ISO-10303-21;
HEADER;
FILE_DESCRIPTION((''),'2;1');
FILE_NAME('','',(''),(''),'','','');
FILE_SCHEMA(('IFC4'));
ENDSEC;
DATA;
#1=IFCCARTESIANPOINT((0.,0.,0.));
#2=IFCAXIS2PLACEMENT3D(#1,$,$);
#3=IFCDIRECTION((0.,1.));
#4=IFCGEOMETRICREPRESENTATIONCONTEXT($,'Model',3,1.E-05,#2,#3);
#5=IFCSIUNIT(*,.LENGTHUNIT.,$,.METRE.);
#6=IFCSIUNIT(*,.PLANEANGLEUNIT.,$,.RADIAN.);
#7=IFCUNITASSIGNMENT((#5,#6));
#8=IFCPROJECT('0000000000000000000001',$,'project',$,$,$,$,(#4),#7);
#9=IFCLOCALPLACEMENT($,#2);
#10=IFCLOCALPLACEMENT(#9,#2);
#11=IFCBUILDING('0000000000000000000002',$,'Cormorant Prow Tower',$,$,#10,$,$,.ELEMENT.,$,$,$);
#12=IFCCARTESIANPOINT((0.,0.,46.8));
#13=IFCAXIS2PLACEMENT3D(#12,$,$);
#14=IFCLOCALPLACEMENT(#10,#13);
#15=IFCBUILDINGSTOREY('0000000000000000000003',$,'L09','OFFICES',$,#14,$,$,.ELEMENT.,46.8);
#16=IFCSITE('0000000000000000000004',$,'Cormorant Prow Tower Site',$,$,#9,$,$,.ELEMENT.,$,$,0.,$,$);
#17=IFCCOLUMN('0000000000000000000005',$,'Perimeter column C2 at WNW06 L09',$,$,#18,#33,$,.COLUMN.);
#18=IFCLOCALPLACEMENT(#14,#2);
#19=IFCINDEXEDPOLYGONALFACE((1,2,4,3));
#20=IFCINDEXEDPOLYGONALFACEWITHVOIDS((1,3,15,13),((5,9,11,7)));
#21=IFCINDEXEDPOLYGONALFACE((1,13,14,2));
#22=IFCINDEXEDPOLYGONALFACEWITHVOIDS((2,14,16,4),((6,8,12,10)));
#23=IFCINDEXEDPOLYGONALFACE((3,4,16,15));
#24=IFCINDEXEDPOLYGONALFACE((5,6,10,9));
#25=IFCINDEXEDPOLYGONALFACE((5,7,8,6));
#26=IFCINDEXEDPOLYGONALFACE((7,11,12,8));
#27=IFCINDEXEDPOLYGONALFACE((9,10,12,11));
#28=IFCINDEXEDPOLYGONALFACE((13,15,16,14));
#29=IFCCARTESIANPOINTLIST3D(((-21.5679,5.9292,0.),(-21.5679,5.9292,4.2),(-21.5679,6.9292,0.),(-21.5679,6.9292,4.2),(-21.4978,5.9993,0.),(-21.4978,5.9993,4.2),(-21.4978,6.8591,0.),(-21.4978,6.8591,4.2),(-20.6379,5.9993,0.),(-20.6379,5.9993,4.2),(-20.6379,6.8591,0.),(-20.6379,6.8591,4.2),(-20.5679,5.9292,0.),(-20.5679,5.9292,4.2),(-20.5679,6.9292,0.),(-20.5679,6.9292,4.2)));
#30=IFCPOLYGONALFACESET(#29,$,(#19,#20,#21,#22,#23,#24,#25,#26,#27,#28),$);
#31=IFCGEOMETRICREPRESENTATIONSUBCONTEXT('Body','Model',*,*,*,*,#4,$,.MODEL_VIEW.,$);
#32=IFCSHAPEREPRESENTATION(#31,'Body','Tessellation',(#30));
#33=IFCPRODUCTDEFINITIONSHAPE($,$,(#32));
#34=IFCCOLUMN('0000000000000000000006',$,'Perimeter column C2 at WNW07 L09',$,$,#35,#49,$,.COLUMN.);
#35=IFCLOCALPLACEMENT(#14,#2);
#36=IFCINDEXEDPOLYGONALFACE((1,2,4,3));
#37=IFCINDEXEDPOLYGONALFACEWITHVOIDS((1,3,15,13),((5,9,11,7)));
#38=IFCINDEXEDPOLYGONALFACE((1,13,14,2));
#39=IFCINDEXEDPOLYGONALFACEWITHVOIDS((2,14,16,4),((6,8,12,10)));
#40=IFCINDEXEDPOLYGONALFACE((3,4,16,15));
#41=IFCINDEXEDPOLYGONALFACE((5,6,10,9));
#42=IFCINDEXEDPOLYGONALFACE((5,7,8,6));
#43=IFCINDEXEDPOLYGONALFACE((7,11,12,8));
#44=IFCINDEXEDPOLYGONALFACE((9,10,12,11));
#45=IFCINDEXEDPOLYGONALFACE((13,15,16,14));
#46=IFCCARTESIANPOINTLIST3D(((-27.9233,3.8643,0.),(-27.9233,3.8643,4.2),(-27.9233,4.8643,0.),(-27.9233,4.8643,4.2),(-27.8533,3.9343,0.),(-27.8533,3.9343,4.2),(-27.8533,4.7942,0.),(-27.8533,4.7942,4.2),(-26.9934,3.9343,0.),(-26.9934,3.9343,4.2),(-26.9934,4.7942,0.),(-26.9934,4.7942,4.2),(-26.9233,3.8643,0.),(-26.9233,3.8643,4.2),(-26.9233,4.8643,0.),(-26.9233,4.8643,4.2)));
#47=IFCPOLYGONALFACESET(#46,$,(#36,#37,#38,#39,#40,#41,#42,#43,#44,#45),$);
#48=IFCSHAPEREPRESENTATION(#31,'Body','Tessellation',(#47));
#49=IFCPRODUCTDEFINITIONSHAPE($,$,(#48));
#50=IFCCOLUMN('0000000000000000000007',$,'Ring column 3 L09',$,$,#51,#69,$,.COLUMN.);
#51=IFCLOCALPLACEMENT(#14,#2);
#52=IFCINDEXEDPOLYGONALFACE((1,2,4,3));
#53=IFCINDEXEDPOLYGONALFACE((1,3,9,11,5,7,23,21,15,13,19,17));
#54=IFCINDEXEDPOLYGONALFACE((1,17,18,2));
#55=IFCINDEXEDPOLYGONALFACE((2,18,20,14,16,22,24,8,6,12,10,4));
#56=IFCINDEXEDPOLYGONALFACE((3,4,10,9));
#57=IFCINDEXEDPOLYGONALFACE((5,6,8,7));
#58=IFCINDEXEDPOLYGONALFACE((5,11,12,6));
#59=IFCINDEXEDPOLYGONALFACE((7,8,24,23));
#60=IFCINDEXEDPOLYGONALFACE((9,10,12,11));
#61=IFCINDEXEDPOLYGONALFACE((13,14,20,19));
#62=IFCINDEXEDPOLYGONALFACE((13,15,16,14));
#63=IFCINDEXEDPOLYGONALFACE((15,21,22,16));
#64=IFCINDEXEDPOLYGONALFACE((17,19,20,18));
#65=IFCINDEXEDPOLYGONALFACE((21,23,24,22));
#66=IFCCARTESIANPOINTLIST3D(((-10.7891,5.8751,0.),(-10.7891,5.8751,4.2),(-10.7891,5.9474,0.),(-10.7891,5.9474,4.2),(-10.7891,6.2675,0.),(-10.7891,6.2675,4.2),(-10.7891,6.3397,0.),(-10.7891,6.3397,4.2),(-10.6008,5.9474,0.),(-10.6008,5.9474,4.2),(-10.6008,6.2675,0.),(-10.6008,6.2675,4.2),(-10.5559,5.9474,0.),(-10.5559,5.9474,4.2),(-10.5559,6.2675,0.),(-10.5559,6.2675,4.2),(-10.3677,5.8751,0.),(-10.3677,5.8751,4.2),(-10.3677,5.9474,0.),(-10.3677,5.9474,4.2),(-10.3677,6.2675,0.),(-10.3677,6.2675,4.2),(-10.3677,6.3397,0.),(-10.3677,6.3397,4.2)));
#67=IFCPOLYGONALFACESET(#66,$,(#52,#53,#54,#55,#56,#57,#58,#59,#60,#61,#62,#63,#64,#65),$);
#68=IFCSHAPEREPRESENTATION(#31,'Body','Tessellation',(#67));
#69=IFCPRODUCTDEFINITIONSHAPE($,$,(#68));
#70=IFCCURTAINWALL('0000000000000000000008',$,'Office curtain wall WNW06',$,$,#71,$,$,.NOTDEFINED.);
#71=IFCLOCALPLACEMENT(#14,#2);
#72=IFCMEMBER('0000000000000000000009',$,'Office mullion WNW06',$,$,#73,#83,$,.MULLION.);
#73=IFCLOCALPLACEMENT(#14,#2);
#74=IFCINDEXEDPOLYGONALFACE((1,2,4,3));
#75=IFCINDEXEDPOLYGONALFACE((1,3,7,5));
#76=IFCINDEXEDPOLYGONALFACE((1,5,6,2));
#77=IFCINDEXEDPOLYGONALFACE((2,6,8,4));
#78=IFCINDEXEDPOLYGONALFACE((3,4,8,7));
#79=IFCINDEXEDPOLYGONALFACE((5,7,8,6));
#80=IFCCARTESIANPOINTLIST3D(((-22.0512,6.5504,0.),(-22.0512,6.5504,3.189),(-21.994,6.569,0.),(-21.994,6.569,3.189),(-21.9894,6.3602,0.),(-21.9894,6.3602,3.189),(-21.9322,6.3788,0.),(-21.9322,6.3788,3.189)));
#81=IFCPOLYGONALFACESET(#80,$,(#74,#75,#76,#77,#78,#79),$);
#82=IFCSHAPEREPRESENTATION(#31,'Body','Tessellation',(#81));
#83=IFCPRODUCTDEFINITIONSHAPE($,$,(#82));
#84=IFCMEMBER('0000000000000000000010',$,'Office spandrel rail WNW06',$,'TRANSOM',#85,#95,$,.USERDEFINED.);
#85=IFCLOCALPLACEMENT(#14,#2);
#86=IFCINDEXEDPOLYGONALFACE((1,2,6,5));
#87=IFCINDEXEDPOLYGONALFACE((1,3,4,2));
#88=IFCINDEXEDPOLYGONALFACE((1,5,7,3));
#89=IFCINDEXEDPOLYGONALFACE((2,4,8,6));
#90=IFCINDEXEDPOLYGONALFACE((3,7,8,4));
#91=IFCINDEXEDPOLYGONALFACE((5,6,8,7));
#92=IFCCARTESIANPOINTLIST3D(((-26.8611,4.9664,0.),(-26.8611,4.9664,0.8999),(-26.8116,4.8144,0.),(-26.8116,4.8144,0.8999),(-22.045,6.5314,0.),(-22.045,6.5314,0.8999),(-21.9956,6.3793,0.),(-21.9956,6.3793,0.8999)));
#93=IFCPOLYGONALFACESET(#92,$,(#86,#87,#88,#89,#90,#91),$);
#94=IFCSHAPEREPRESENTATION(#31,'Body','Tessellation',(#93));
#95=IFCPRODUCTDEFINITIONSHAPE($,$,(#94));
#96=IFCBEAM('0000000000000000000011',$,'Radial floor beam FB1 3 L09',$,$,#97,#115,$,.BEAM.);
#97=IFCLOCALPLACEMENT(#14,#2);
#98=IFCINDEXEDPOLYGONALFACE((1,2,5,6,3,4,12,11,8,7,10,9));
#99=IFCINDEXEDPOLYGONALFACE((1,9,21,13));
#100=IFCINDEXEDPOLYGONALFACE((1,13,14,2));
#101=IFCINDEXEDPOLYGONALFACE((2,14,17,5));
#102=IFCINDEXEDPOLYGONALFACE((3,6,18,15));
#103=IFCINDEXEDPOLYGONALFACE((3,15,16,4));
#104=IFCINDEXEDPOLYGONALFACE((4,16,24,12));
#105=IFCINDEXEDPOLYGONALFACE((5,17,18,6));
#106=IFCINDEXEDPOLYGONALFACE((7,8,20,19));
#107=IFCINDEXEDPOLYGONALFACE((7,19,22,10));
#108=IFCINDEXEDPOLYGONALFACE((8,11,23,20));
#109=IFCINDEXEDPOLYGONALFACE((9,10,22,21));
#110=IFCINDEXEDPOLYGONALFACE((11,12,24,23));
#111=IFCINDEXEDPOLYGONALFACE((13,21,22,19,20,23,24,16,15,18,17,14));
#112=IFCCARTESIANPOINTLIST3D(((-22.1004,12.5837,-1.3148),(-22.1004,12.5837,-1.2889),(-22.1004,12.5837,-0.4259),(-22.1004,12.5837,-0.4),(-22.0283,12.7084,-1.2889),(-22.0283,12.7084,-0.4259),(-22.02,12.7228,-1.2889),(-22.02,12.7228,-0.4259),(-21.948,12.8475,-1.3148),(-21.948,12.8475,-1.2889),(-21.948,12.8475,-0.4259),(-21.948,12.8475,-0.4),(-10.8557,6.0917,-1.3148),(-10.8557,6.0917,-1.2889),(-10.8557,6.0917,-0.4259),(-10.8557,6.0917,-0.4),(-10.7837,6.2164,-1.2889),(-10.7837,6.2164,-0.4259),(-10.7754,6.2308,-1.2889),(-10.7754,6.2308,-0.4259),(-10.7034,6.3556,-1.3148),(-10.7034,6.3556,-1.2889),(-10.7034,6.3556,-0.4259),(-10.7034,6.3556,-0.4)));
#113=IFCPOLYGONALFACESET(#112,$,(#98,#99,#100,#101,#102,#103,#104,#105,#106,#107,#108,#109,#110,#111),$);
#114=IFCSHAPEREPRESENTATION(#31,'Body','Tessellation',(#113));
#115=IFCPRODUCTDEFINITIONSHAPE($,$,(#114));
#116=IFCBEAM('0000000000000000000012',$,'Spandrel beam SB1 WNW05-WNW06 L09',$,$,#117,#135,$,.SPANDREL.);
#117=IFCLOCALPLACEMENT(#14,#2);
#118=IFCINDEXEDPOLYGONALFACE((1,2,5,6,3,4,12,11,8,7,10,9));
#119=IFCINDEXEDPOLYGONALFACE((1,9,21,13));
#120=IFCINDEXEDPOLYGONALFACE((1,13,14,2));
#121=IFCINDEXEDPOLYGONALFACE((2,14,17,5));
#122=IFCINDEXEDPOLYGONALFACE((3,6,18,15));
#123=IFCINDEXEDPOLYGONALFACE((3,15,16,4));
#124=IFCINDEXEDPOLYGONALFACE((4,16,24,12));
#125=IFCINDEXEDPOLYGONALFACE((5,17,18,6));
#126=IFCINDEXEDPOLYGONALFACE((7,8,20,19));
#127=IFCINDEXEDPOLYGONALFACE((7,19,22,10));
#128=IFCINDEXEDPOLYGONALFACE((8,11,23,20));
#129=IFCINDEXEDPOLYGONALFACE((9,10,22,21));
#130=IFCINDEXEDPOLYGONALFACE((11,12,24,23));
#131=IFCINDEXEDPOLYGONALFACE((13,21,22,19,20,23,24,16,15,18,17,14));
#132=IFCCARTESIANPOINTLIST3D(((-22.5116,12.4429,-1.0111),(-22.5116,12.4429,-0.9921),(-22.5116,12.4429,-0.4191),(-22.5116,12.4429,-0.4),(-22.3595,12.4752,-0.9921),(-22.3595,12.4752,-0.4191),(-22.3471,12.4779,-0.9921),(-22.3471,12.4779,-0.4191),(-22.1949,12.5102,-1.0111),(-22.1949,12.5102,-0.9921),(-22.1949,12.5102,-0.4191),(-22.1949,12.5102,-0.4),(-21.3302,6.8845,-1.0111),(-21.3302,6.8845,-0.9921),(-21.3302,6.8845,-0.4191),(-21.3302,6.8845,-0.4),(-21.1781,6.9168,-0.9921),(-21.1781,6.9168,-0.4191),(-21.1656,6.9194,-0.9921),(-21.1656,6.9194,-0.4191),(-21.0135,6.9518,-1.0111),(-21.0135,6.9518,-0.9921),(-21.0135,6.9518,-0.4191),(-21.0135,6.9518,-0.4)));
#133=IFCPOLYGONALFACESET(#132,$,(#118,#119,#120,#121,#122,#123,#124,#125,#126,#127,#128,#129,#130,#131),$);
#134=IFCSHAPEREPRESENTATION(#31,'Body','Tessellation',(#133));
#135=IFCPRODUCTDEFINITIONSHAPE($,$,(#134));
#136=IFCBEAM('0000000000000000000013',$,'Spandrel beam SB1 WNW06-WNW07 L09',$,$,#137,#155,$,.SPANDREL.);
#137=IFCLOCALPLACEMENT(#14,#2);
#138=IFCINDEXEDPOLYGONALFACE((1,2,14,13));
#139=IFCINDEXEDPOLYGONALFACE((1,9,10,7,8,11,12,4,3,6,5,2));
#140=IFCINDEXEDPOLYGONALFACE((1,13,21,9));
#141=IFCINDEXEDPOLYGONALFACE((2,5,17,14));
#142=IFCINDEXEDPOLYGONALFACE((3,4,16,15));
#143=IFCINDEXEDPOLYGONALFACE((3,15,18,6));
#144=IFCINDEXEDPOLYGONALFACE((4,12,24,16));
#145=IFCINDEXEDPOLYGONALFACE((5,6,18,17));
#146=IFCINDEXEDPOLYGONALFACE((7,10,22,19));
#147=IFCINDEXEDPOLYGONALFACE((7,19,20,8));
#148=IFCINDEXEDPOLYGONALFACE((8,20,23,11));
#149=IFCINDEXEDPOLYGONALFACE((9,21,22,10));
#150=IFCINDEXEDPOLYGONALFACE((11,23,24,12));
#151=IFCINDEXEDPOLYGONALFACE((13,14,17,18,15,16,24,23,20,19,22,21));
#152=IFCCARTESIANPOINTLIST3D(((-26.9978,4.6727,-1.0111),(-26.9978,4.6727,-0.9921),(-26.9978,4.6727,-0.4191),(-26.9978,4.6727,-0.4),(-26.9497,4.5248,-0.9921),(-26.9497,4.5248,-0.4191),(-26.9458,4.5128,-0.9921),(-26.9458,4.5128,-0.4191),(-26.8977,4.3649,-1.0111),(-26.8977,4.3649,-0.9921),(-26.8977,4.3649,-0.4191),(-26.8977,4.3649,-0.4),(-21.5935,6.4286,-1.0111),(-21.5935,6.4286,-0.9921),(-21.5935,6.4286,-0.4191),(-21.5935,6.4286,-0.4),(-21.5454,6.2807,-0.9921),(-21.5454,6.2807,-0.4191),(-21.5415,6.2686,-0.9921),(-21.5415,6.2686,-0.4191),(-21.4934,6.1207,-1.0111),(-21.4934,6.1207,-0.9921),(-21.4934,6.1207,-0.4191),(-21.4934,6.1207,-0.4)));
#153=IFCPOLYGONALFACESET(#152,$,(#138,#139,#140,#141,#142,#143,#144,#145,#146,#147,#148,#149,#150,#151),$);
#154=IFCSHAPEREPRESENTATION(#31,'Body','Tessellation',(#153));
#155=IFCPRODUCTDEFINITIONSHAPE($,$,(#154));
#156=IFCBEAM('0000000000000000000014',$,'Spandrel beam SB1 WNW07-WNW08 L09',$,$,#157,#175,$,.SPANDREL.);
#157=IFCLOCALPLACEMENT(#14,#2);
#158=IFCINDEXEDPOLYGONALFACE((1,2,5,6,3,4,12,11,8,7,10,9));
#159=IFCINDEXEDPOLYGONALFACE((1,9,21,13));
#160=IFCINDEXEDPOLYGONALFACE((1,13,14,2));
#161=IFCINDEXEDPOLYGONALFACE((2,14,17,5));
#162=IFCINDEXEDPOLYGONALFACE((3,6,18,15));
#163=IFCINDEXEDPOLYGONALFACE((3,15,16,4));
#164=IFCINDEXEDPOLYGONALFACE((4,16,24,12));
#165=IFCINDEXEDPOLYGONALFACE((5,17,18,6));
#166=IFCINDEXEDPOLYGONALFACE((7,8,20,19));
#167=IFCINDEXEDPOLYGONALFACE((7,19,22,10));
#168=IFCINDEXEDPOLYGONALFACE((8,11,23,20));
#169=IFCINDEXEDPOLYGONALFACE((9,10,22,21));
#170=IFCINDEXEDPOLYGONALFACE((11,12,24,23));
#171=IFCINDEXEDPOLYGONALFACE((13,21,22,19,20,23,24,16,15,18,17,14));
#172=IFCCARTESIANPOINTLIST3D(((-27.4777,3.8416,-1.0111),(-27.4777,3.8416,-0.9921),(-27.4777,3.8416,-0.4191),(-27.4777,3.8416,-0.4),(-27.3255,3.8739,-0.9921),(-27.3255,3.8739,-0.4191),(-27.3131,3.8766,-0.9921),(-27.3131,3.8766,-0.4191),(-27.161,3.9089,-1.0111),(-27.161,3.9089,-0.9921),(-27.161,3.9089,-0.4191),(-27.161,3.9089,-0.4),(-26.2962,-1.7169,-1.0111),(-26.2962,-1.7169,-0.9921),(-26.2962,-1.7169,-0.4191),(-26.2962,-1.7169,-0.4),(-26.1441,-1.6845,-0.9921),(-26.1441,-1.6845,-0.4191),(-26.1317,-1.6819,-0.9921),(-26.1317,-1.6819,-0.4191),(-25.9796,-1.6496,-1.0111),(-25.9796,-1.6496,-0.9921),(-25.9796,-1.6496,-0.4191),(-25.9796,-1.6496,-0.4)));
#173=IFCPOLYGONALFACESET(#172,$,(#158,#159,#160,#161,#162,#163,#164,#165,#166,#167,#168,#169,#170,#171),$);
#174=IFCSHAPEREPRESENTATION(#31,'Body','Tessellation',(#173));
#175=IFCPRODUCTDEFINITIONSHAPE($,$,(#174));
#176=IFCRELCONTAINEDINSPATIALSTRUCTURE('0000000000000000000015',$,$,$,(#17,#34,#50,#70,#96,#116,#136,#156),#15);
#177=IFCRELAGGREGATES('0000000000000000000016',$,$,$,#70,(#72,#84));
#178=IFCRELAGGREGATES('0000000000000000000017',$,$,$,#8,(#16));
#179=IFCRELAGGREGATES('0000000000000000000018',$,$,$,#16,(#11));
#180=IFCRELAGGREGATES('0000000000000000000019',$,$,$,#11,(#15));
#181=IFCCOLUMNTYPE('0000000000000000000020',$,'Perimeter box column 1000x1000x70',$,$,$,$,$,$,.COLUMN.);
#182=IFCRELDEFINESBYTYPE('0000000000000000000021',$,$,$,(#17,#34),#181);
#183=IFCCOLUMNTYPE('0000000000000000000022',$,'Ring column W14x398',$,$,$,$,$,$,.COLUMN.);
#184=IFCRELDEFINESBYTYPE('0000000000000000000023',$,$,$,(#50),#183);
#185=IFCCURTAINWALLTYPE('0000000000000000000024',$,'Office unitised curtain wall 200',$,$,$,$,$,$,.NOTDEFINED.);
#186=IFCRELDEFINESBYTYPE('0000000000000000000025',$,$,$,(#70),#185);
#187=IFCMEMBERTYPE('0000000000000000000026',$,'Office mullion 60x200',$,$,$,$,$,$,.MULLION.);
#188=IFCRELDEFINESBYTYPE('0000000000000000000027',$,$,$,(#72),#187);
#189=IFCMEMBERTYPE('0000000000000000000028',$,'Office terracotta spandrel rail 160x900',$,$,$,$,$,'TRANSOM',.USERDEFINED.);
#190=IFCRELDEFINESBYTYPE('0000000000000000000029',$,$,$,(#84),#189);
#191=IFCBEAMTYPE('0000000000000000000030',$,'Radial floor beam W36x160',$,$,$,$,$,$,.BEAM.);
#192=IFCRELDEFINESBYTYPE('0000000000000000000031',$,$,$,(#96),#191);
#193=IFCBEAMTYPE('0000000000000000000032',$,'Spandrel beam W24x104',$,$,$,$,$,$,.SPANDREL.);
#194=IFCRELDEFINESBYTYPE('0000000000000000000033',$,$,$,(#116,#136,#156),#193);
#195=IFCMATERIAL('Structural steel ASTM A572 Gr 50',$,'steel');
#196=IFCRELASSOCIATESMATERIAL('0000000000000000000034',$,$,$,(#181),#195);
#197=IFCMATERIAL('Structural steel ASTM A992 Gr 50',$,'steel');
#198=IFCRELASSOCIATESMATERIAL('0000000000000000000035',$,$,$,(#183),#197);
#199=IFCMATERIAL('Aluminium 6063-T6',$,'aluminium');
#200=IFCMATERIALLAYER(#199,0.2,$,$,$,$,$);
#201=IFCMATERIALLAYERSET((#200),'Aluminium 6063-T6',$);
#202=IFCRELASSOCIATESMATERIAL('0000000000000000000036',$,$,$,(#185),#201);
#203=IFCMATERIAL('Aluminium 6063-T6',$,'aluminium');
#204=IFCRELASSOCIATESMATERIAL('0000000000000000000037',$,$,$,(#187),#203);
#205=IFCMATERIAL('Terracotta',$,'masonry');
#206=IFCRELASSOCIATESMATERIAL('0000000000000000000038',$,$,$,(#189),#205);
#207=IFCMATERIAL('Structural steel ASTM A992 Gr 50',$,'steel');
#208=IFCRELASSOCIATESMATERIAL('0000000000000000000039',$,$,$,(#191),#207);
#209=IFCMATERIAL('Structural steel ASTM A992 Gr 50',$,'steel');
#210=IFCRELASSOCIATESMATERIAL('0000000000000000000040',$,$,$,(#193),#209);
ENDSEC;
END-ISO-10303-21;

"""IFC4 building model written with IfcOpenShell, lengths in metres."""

from ifc_helpers import new_model, si_unit, direction, frame, origin, origin_2d, place, context, subcontext, project, spatial, rectangle, hollow_rectangle, i_section, extrude, material, layer, layer_set, material_profile, profile_set, type_object, element, aggregate, save


model = new_model("IFC4")

# Units and contexts
model_context = context("Model", 3, precision=1e-05, world=origin(), true_north=direction((0.0, 1.0)))
body_context = subcontext(model_context, "Body", "Model", "MODEL_VIEW")
ifc_project = project(units=[si_unit("LENGTHUNIT", "METRE"), si_unit("PLANEANGLEUNIT", "RADIAN")], contexts=[model_context])

# Site, building, storey
site_placement = place(None, origin())
site = spatial("IfcSite", under=ifc_project, at=site_placement, Name="Cormorant Prow Tower Site", CompositionType="ELEMENT", RefElevation=0.0)
building_placement = place(site_placement, origin())
building = spatial("IfcBuilding", under=site, at=building_placement, Name="Cormorant Prow Tower", CompositionType="ELEMENT")
storey_placement = place(building_placement, frame((0.0, 0.0, 46.8)))
storey = spatial("IfcBuildingStorey", under=building, at=storey_placement, Name="L09", Description="OFFICES", CompositionType="ELEMENT", Elevation=46.8)

# Columns
ifc_material_1 = material(Name="Structural steel ASTM A572 Gr 50", Category="steel")
ifc_material_profile_1 = material_profile(ifc_material_1, hollow_rectangle(XDim=1.0, YDim=1.0, WallThickness=0.0701, at=origin_2d()), Name="Box 1000x1000x70")
ifc_profile_set_1 = profile_set([ifc_material_profile_1], Name="Structural steel ASTM A572 Gr 50")
column_type_1 = type_object("IfcColumnType", Name="Perimeter box column 1000x1000x70", PredefinedType="COLUMN", material=ifc_profile_set_1)
for number, where, z_axis, x_axis, name in (
    (1, (-21.0679, 6.4292, 0.0), (0.0, 0.0, 1.0), (1.0, 0.0, 0.0), "Perimeter column C2 at WNW06 L09"),
    (2, (-27.4233, 4.3643, 0.0), (0.0, 0.0, 1.0), (1.0, 0.0, 0.0), "Perimeter column C2 at WNW07 L09"),
):
    element("IfcColumn", number, at=place(storey_placement, frame(where, z_axis=z_axis, x_axis=x_axis)), inside=storey, type_object=column_type_1, Name=name, PredefinedType="COLUMN", context=body_context, shape_type="SweptSolid", body=[
        extrude(hollow_rectangle(XDim=1.0, YDim=1.0, WallThickness=0.0701, at=origin_2d()), origin(), (0.0, 0.0, 1.0), 4.2),
    ])
ifc_material_2 = material(Name="Structural steel ASTM A992 Gr 50", Category="steel")
ifc_material_profile_2 = material_profile(ifc_material_2, i_section(OverallWidth=0.4214, OverallDepth=0.4646, WebThickness=0.0449, FlangeThickness=0.0723, at=origin_2d()), Name="W14x398")
ifc_profile_set_2 = profile_set([ifc_material_profile_2], Name="Structural steel ASTM A992 Gr 50")
column_type_2 = type_object("IfcColumnType", Name="Ring column W14x398", PredefinedType="COLUMN", material=ifc_profile_set_2)
column_placement = place(storey_placement, frame((-10.5784, 6.1074, 0.0), z_axis=(0.0, 0.0, 1.0), x_axis=(1.0, 0.0, 0.0)))
element("IfcColumn", 3, at=column_placement, inside=storey, type_object=column_type_2, Name="Ring column 3 L09", PredefinedType="COLUMN", context=body_context, shape_type="SweptSolid", body=[
    extrude(i_section(OverallWidth=0.4214, OverallDepth=0.4646, WebThickness=0.0449, FlangeThickness=0.0723, at=origin_2d()), origin(), (0.0, 0.0, 1.0), 4.2),
])

# Curtain wall, members
ifc_material_3 = material(Name="Aluminium 6063-T6", Category="aluminium")
ifc_layer_1 = layer(ifc_material_3, 0.2)
ifc_layer_set_1 = layer_set([ifc_layer_1], Name="Aluminium 6063-T6")
curtain_wall_type = type_object("IfcCurtainWallType", Name="Office unitised curtain wall 200", PredefinedType="NOTDEFINED", material=ifc_layer_set_1)
curtain_wall_placement = place(storey_placement, origin())
curtain_wall = element("IfcCurtainWall", 4, at=curtain_wall_placement, inside=storey, type_object=curtain_wall_type, Name="Office curtain wall WNW06", PredefinedType="NOTDEFINED")
ifc_material_4 = material(Name="Aluminium 6063-T6", Category="aluminium")
ifc_material_profile_3 = material_profile(ifc_material_4, rectangle(XDim=0.2, YDim=0.0601, at=origin_2d()), Name="Office mullion 60x200")
ifc_profile_set_3 = profile_set([ifc_material_profile_3], Name="Aluminium 6063-T6")
member_type_1 = type_object("IfcMemberType", Name="Office mullion 60x200", PredefinedType="MULLION", material=ifc_profile_set_3)
member_1_placement = place(storey_placement, frame((-21.9917, 6.4646, 0.0), z_axis=(0.0, 0.0, 1.0), x_axis=(0.309017, -0.951057, 0.0)))
member_1 = element("IfcMember", 5, at=member_1_placement, type_object=member_type_1, Name="Office mullion WNW06", PredefinedType="MULLION", context=body_context, shape_type="SweptSolid", body=[
    extrude(rectangle(XDim=0.2, YDim=0.0601, at=origin_2d()), origin(), (0.0, 0.0, 1.0), 3.189),
])
ifc_material_5 = material(Name="Terracotta", Category="masonry")
ifc_material_profile_4 = material_profile(ifc_material_5, rectangle(XDim=0.1599, YDim=0.8999, at=origin_2d()), Name="Office terracotta spandrel rail 160x900")
ifc_profile_set_4 = profile_set([ifc_material_profile_4], Name="Terracotta")
member_type_2 = type_object("IfcMemberType", Name="Office terracotta spandrel rail 160x900", ElementType="TRANSOM", PredefinedType="USERDEFINED", material=ifc_profile_set_4)
member_2_placement = place(storey_placement, frame((-22.0203, 6.4553, 0.45), z_axis=(-0.951052, -0.30903, 0.0), x_axis=(0.30903, -0.951052, 0.0)))
member_2 = element("IfcMember", 6, at=member_2_placement, type_object=member_type_2, Name="Office spandrel rail WNW06", ObjectType="TRANSOM", PredefinedType="USERDEFINED", context=body_context, shape_type="SweptSolid", body=[
    extrude(rectangle(XDim=0.1599, YDim=0.8999, at=origin_2d()), origin(), (0.0, 0.0, 1.0), 5.064),
])

# Beams
ifc_material_6 = material(Name="Structural steel ASTM A992 Gr 50", Category="steel")
ifc_material_profile_5 = material_profile(ifc_material_6, i_section(OverallWidth=0.3047, OverallDepth=0.9148, WebThickness=0.0166, FlangeThickness=0.0259, at=origin_2d()), Name="W36x160")
ifc_profile_set_5 = profile_set([ifc_material_profile_5], Name="Structural steel ASTM A992 Gr 50")
beam_type_1 = type_object("IfcBeamType", Name="Radial floor beam W36x160", PredefinedType="BEAM", material=ifc_profile_set_5)
beam_1_placement = place(storey_placement, frame((-10.7795, 6.2236, -0.8574), z_axis=(-0.86603, 0.499992, 0.0), x_axis=(-0.499992, -0.86603, 0.0)))
element("IfcBeam", 7, at=beam_1_placement, inside=storey, type_object=beam_type_1, Name="Radial floor beam FB1 3 L09", PredefinedType="BEAM", context=body_context, shape_type="SweptSolid", body=[
    extrude(i_section(OverallWidth=0.3047, OverallDepth=0.9148, WebThickness=0.0166, FlangeThickness=0.0259, at=origin_2d()), origin(), (0.0, 0.0, 1.0), 12.9841),
])
ifc_material_7 = material(Name="Structural steel ASTM A992 Gr 50", Category="steel")
ifc_material_profile_6 = material_profile(ifc_material_7, i_section(OverallWidth=0.3237, OverallDepth=0.6111, WebThickness=0.0127, FlangeThickness=0.019, at=origin_2d()), Name="W24x104")
ifc_profile_set_6 = profile_set([ifc_material_profile_6], Name="Structural steel ASTM A992 Gr 50")
beam_type_2 = type_object("IfcBeamType", Name="Spandrel beam W24x104", PredefinedType="SPANDREL", material=ifc_profile_set_6)
beam_2_placement = place(storey_placement, frame((-22.3533, 12.4766, -0.7056), z_axis=(0.2079, -0.97815, 0.0), x_axis=(0.97815, 0.2079, 0.0)))
element("IfcBeam", 8, at=beam_2_placement, inside=storey, type_object=beam_type_2, Name="Spandrel beam SB1 WNW05-WNW06 L09", PredefinedType="SPANDREL", context=body_context, shape_type="SweptSolid", body=[
    extrude(i_section(OverallWidth=0.3237, OverallDepth=0.6111, WebThickness=0.0127, FlangeThickness=0.019, at=origin_2d()), origin(), (0.0, 0.0, 1.0), 5.6826),
])
beam_3_placement = place(storey_placement, frame((-21.5435, 6.2747, -0.7056), z_axis=(-0.951062, -0.309001, 0.0), x_axis=(0.309001, -0.951062, 0.0)))
element("IfcBeam", 9, at=beam_3_placement, inside=storey, type_object=beam_type_2, Name="Spandrel beam SB1 WNW06-WNW07 L09", PredefinedType="SPANDREL", context=body_context, shape_type="SweptSolid", body=[
    extrude(i_section(OverallWidth=0.3237, OverallDepth=0.6111, WebThickness=0.0127, FlangeThickness=0.019, at=origin_2d()), origin(), (0.0, 0.0, 1.0), 5.6824),
])
beam_4_placement = place(storey_placement, frame((-27.3193, 3.8752, -0.7056), z_axis=(0.2079, -0.97815, 0.0), x_axis=(0.97815, 0.2079, 0.0)))
element("IfcBeam", 10, at=beam_4_placement, inside=storey, type_object=beam_type_2, Name="Spandrel beam SB1 WNW07-WNW08 L09", PredefinedType="SPANDREL", context=body_context, shape_type="SweptSolid", body=[
    extrude(i_section(OverallWidth=0.3237, OverallDepth=0.6111, WebThickness=0.0127, FlangeThickness=0.019, at=origin_2d()), origin(), (0.0, 0.0, 1.0), 5.6826),
])

aggregate(curtain_wall, [member_1, member_2])

save(model, "model.ifc")
